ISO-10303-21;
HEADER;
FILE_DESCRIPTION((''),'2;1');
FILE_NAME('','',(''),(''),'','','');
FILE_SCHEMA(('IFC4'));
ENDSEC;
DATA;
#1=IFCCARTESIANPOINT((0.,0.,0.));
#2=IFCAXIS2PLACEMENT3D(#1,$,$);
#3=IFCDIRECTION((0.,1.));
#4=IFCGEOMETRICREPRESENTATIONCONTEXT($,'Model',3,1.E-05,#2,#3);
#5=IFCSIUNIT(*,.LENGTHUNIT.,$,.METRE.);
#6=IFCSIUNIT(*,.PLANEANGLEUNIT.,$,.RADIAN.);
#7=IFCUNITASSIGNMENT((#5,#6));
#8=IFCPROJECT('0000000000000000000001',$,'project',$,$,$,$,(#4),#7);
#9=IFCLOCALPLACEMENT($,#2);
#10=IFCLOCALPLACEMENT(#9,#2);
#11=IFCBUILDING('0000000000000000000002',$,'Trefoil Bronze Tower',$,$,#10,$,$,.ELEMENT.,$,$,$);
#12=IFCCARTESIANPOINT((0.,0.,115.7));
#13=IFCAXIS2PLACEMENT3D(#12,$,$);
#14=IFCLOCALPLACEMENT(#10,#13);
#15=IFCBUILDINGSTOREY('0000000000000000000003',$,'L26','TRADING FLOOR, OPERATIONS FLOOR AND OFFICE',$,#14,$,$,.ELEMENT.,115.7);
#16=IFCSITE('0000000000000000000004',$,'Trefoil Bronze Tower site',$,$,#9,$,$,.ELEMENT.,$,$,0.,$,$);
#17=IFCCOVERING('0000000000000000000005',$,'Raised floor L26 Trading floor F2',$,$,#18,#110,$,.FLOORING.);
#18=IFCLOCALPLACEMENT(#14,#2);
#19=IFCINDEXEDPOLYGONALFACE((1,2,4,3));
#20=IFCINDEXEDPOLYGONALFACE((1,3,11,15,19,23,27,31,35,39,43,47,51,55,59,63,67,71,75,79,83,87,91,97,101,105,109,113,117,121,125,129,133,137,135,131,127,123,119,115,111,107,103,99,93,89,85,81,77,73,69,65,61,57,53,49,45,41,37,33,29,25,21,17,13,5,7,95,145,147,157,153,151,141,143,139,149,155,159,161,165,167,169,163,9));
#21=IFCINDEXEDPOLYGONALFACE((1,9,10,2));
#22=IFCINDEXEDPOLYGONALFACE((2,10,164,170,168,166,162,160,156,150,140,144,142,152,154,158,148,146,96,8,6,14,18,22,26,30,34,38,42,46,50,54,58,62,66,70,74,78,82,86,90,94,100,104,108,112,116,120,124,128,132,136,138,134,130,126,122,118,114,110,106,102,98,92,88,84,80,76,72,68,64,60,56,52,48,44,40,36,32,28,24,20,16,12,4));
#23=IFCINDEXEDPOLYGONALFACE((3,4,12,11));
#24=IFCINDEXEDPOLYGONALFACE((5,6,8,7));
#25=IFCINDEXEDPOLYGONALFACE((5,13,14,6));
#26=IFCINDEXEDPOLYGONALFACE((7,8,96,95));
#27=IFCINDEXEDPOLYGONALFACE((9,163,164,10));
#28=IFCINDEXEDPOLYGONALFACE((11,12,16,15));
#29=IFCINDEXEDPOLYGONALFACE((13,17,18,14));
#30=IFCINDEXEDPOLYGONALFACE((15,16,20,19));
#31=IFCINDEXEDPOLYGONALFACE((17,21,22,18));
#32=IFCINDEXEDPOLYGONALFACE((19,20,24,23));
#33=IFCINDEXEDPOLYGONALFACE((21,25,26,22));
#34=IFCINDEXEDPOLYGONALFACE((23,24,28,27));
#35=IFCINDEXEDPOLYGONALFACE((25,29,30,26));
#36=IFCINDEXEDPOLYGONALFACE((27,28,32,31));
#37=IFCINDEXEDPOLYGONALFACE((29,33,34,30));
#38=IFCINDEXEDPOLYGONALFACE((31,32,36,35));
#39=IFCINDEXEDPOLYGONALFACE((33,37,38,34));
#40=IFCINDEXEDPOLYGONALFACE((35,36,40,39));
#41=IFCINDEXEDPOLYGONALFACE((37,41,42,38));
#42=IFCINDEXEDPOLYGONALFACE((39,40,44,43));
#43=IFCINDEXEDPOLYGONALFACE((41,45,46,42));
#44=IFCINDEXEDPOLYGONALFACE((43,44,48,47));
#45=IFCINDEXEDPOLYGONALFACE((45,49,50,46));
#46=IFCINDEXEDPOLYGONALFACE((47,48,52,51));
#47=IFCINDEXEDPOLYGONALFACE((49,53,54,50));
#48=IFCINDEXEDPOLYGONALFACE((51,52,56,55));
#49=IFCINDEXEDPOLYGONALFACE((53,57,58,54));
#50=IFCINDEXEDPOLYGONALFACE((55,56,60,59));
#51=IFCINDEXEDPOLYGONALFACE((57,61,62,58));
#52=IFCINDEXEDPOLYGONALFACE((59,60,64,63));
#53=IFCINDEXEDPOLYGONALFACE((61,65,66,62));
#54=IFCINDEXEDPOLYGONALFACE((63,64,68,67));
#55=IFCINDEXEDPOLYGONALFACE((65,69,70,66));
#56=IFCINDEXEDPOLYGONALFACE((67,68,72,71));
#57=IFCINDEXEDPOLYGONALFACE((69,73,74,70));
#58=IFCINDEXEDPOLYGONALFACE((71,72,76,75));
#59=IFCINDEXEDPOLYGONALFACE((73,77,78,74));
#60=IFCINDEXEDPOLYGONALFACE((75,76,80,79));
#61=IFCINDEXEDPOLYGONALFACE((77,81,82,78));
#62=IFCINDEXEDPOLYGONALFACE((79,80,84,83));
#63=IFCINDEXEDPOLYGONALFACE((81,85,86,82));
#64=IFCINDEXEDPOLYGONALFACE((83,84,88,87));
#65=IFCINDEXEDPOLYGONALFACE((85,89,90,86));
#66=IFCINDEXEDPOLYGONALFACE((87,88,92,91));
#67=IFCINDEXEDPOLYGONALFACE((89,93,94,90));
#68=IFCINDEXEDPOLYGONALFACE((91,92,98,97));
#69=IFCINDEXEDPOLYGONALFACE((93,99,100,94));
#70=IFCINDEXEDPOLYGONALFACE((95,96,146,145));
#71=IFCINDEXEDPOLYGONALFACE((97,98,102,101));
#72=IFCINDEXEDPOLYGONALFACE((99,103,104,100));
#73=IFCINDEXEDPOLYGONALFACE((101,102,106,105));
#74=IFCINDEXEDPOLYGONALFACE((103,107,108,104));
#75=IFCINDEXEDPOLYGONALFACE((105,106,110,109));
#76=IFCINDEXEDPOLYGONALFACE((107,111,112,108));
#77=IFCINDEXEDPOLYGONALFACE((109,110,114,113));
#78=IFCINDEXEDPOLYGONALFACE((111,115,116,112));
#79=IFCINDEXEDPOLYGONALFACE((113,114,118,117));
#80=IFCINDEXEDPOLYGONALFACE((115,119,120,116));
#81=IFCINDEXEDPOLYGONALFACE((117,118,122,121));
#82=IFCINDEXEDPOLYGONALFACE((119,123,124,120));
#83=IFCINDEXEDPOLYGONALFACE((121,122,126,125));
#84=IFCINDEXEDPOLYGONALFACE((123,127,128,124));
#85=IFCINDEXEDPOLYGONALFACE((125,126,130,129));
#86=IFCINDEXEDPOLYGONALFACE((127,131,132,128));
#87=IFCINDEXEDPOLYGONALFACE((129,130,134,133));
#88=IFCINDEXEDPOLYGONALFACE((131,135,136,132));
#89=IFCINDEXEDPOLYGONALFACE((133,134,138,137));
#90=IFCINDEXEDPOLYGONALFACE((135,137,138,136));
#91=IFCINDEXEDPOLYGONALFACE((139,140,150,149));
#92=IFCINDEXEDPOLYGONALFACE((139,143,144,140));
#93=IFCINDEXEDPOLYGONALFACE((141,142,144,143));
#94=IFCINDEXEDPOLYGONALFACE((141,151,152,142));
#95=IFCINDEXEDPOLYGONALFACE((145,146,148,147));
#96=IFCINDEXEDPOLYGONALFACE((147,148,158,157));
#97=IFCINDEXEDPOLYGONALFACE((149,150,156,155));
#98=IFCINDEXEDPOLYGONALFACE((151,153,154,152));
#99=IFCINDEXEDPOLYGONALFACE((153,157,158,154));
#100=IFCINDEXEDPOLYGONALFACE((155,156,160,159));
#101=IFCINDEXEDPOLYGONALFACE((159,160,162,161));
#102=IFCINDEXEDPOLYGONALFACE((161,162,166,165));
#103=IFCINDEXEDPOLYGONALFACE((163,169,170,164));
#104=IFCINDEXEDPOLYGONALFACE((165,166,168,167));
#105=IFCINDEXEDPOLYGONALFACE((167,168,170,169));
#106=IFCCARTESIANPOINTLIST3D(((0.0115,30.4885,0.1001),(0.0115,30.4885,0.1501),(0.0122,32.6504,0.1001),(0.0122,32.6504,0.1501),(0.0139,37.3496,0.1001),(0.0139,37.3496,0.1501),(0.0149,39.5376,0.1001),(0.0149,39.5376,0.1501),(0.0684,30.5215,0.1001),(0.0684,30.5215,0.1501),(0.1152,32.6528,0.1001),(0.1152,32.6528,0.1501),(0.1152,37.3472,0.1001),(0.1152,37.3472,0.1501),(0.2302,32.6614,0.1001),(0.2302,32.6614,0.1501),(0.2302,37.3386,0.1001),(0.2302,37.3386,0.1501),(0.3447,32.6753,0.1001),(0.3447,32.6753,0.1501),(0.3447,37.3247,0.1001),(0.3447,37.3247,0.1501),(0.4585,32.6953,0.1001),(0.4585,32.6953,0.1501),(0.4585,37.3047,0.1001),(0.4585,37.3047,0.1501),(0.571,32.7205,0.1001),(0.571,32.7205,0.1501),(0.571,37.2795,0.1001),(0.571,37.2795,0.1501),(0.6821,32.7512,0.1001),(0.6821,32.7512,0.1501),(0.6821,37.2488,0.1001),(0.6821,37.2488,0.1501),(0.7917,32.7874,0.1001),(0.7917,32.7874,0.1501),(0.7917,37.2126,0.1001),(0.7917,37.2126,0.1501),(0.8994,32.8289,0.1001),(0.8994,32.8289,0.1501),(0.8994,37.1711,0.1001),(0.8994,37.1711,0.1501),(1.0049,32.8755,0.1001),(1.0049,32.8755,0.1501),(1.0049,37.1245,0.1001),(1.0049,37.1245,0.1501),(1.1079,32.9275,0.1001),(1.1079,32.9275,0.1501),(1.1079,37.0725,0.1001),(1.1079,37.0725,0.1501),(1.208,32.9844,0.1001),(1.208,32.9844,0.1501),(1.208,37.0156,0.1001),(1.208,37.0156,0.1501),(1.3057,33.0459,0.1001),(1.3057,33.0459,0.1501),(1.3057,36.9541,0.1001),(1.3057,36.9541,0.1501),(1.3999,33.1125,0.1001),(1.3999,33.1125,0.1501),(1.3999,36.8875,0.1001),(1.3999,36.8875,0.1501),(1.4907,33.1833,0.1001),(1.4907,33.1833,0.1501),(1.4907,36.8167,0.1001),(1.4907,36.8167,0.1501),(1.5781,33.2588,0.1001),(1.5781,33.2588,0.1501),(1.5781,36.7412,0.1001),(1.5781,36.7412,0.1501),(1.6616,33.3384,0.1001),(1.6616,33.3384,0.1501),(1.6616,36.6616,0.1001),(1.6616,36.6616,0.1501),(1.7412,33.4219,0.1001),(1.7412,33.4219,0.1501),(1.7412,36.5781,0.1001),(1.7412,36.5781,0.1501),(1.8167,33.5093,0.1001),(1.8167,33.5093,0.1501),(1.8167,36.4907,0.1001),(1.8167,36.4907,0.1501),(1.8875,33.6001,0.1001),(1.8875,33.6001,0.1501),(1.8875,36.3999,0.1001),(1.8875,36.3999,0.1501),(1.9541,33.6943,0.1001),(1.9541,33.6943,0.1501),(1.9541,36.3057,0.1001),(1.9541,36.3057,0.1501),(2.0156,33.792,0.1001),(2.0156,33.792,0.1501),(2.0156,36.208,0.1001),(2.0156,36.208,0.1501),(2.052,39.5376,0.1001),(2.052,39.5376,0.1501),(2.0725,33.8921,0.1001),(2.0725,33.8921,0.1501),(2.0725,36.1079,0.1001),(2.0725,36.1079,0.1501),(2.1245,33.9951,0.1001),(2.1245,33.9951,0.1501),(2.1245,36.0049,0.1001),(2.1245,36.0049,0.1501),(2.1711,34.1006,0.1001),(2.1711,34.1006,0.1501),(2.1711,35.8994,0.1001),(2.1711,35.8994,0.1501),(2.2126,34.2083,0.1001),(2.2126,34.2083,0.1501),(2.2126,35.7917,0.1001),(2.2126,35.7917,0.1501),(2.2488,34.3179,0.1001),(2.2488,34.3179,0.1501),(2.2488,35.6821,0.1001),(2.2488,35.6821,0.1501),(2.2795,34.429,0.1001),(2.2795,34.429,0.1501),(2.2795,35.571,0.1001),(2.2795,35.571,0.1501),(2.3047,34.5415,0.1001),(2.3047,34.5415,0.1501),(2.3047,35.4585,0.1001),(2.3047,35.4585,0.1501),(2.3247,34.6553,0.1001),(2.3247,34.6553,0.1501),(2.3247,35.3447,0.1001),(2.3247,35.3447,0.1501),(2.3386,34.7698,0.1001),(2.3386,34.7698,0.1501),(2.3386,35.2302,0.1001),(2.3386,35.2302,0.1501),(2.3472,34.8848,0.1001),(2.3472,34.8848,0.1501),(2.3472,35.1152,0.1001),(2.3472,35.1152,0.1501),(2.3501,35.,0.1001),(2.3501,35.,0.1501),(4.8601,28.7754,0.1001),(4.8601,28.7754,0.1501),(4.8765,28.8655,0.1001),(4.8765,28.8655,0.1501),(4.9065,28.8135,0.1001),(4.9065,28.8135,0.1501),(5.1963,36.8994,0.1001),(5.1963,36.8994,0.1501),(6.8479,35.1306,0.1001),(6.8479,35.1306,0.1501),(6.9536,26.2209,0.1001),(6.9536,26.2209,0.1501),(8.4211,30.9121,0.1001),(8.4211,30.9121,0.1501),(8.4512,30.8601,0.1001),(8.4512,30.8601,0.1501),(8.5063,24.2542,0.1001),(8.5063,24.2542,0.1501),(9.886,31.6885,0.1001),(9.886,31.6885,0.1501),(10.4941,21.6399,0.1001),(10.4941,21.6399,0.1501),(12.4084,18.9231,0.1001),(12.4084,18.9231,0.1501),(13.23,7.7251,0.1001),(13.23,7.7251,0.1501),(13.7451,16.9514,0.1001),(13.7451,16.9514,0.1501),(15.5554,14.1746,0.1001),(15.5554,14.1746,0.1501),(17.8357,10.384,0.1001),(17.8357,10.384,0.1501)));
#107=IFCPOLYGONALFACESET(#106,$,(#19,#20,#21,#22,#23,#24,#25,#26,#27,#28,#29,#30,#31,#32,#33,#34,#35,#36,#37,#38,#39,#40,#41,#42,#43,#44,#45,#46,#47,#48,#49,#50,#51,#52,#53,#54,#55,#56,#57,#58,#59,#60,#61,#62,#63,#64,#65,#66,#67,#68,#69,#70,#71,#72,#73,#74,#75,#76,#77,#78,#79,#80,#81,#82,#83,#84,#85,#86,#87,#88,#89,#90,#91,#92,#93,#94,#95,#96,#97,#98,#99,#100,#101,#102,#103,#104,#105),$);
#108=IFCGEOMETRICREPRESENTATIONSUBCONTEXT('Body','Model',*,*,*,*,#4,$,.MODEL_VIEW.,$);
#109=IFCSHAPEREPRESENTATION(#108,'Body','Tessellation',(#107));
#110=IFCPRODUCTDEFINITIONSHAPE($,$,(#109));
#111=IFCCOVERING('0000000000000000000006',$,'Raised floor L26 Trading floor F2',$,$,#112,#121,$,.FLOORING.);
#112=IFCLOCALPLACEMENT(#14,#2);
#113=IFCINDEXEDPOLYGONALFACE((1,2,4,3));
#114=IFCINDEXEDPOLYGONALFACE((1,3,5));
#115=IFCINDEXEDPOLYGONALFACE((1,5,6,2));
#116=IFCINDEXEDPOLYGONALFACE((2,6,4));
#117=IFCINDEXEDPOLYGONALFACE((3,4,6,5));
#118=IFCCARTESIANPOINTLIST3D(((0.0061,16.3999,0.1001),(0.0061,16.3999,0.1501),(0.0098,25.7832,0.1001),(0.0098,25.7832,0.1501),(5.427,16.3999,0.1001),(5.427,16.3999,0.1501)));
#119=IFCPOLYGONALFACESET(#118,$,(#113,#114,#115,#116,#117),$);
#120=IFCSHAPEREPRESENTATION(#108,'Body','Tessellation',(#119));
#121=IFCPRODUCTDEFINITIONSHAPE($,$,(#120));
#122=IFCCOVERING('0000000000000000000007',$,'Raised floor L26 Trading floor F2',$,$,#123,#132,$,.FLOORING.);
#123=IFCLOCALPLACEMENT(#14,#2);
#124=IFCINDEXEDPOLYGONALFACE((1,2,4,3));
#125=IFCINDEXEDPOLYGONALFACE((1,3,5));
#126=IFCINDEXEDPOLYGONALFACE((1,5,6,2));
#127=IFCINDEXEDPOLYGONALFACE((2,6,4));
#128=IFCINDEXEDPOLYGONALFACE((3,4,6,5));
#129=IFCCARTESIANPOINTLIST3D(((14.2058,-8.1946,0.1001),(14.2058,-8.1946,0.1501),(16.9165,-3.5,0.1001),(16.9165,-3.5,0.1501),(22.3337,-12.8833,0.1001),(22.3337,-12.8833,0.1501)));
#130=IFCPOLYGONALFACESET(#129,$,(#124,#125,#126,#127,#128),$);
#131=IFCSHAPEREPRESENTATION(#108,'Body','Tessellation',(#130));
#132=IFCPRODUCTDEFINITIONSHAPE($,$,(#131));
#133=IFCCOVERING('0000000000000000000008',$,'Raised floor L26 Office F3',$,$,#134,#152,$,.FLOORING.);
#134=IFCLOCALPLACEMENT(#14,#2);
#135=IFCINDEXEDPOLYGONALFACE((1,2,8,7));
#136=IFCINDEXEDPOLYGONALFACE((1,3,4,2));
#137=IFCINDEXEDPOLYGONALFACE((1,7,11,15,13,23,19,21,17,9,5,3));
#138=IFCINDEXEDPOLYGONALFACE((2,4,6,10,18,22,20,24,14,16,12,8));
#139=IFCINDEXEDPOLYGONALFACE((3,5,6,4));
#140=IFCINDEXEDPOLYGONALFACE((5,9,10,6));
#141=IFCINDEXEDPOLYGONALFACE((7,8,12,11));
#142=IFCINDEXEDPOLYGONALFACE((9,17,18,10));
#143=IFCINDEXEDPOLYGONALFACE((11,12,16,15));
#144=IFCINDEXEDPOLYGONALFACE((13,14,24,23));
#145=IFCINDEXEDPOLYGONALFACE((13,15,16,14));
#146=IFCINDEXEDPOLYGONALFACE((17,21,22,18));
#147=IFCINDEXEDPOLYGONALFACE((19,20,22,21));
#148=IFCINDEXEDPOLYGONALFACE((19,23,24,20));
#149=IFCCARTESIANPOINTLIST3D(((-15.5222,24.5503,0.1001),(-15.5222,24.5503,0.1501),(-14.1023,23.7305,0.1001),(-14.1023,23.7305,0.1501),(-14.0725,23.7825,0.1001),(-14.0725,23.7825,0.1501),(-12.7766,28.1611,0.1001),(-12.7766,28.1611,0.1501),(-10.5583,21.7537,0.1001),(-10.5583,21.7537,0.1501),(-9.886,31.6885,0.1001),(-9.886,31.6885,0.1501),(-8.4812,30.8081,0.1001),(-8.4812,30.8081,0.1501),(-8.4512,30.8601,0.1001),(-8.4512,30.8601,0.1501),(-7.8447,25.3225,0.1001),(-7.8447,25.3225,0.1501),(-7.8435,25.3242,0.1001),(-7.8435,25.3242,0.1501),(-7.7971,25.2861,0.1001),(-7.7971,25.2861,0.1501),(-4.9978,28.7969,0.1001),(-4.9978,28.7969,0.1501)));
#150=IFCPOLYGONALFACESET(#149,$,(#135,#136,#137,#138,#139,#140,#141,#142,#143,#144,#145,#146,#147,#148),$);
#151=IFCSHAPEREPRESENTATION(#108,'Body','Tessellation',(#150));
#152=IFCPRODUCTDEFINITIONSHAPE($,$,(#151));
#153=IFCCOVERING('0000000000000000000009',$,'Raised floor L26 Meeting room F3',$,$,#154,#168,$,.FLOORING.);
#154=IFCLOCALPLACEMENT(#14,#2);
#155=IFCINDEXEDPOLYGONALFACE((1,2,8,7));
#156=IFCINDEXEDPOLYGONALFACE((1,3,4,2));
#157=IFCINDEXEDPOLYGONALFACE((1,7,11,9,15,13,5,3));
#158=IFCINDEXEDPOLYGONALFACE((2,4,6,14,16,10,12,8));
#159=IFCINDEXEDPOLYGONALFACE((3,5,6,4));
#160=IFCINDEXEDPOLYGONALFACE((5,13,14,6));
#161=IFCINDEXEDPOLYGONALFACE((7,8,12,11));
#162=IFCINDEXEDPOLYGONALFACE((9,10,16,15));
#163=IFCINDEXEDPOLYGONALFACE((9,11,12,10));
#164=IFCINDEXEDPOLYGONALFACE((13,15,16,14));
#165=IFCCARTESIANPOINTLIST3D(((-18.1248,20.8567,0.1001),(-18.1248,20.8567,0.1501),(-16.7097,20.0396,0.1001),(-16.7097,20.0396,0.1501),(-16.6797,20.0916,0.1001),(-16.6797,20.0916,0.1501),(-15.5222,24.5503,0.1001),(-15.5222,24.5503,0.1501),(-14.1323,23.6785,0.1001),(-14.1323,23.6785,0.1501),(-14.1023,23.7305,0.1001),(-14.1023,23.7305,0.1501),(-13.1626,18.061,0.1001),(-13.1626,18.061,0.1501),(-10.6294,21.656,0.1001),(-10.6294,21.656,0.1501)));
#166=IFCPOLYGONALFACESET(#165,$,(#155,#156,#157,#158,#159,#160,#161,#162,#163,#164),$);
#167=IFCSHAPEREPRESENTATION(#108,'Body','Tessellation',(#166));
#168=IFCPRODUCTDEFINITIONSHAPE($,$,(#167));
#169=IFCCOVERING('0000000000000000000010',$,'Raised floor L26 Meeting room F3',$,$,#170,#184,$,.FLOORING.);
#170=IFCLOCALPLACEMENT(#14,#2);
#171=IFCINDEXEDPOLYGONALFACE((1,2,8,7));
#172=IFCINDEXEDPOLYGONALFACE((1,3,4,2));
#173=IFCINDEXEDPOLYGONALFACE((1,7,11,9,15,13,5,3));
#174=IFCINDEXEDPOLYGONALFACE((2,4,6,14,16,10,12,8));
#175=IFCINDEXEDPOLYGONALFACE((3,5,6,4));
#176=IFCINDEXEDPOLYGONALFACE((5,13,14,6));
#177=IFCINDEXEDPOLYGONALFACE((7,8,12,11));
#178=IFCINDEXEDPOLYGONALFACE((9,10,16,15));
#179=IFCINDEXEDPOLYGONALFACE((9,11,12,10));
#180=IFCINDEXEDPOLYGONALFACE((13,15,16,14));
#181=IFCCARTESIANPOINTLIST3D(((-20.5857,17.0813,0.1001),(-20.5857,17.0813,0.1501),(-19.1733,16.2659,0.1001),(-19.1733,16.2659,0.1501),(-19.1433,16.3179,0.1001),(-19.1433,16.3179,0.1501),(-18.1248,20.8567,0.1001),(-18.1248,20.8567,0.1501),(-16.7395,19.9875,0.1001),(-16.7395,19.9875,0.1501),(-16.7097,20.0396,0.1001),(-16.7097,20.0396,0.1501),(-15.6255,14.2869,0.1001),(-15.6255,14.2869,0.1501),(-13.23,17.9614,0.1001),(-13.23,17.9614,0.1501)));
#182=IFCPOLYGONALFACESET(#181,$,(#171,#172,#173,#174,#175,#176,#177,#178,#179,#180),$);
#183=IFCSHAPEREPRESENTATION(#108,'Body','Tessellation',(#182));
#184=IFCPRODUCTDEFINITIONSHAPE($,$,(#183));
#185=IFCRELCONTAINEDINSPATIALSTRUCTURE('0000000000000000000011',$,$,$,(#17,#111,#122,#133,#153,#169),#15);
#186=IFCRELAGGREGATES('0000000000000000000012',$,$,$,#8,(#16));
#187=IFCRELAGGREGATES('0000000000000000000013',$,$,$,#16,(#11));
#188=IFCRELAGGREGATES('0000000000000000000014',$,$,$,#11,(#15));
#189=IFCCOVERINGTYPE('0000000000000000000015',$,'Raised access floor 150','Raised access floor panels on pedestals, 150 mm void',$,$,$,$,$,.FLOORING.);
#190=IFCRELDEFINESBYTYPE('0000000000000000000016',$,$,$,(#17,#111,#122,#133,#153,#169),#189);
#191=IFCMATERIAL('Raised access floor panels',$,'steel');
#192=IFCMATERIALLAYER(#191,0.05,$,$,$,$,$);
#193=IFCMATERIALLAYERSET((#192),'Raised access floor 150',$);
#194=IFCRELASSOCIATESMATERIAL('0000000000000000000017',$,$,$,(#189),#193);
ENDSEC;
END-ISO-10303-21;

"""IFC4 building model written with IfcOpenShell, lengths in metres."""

from ifc_helpers import new_model, si_unit, direction, frame, origin, place, context, subcontext, project, spatial, polyline, outline, extrude, material, layer, layer_set, type_object, element, save


model = new_model("IFC4")

# Units and contexts
model_context = context("Model", 3, precision=1e-05, world=origin(), true_north=direction((0.0, 1.0)))
body_context = subcontext(model_context, "Body", "Model", "MODEL_VIEW")
ifc_project = project(units=[si_unit("LENGTHUNIT", "METRE"), si_unit("PLANEANGLEUNIT", "RADIAN")], contexts=[model_context])

# Site, building, storey
site_placement = place(None, origin())
site = spatial("IfcSite", under=ifc_project, at=site_placement, Name="Trefoil Bronze Tower site", CompositionType="ELEMENT", RefElevation=0.0)
building_placement = place(site_placement, origin())
building = spatial("IfcBuilding", under=site, at=building_placement, Name="Trefoil Bronze Tower", CompositionType="ELEMENT")
storey_placement = place(building_placement, frame((0.0, 0.0, 115.7)))
storey = spatial("IfcBuildingStorey", under=building, at=storey_placement, Name="L26", Description="TRADING FLOOR, OPERATIONS FLOOR AND OFFICE", CompositionType="ELEMENT", Elevation=115.7)

# Coverings
ifc_material_1 = material(Name="Raised access floor panels", Category="steel")
ifc_layer_1 = layer(ifc_material_1, 0.05)
ifc_layer_set_1 = layer_set([ifc_layer_1], Name="Raised access floor 150")
covering_type_1 = type_object("IfcCoveringType", Name="Raised access floor 150", Description="Raised access floor panels on pedestals, 150 mm void", PredefinedType="FLOORING", material=ifc_layer_set_1)
covering_1_placement = place(storey_placement, frame((0.0, 0.0, 0.1001)))
element("IfcCovering", 1, at=covering_1_placement, inside=storey, type_object=covering_type_1, Name="Raised floor L26 Trading floor F2", PredefinedType="FLOORING", context=body_context, shape_type="SweptSolid", body=[
    extrude(outline(polyline([(2.052, 39.5376), (5.1963, 36.8994), (6.8479, 35.1306), (9.886, 31.6885), (8.4512, 30.8601), (8.4211, 30.9121), (4.8765, 28.8655), (4.9065, 28.8135), (4.8601, 28.7754), (6.9536, 26.2209), (8.5063, 24.2542), (10.4941, 21.6399), (12.4084, 18.9231), (13.7451, 16.9514), (15.5554, 14.1746), (17.8357, 10.384), (13.23, 7.7251), (0.0684, 30.5215), (0.0115, 30.4885), (0.0122, 32.6504), (0.1152, 32.6528), (0.2302, 32.6614), (0.3447, 32.6753), (0.4585, 32.6953), (0.571, 32.7205), (0.6821, 32.7512), (0.7917, 32.7874), (0.8994, 32.8289), (1.0049, 32.8755), (1.1079, 32.9275), (1.208, 32.9844), (1.3057, 33.0459), (1.3999, 33.1125), (1.4907, 33.1833), (1.5781, 33.2588), (1.6616, 33.3384), (1.7412, 33.4219), (1.8167, 33.5093), (1.8875, 33.6001), (1.9541, 33.6943), (2.0156, 33.792), (2.0725, 33.8921), (2.1245, 33.9951), (2.1711, 34.1006), (2.2126, 34.2083), (2.2488, 34.3179), (2.2795, 34.429), (2.3047, 34.5415), (2.3247, 34.6553), (2.3386, 34.7698), (2.3472, 34.8848), (2.3501, 35.0), (2.3472, 35.1152), (2.3386, 35.2302), (2.3247, 35.3447), (2.3047, 35.4585), (2.2795, 35.571), (2.2488, 35.6821), (2.2126, 35.7917), (2.1711, 35.8994), (2.1245, 36.0049), (2.0725, 36.1079), (2.0156, 36.208), (1.9541, 36.3057), (1.8875, 36.3999), (1.8167, 36.4907), (1.7412, 36.5781), (1.6616, 36.6616), (1.5781, 36.7412), (1.4907, 36.8167), (1.3999, 36.8875), (1.3057, 36.9541), (1.208, 37.0156), (1.1079, 37.0725), (1.0049, 37.1245), (0.8994, 37.1711), (0.7917, 37.2126), (0.6821, 37.2488), (0.571, 37.2795), (0.4585, 37.3047), (0.3447, 37.3247), (0.2302, 37.3386), (0.1152, 37.3472), (0.0139, 37.3496), (0.0149, 39.5376), (2.052, 39.5376)])), origin(), (0.0, 0.0, 1.0), 0.05),
])
covering_2_placement = place(storey_placement, frame((0.0, 0.0, 0.1001)))
element("IfcCovering", 2, at=covering_2_placement, inside=storey, type_object=covering_type_1, Name="Raised floor L26 Trading floor F2", PredefinedType="FLOORING", context=body_context, shape_type="SweptSolid", body=[
    extrude(outline(polyline([(0.0061, 16.3999), (0.0098, 25.7832), (5.427, 16.3999), (0.0061, 16.3999)])), origin(), (0.0, 0.0, 1.0), 0.05),
])
covering_3_placement = place(storey_placement, frame((0.0, 0.0, 0.1001)))
element("IfcCovering", 3, at=covering_3_placement, inside=storey, type_object=covering_type_1, Name="Raised floor L26 Trading floor F2", PredefinedType="FLOORING", context=body_context, shape_type="SweptSolid", body=[
    extrude(outline(polyline([(14.2058, -8.1946), (16.9165, -3.5), (22.3337, -12.8833), (14.2058, -8.1946)])), origin(), (0.0, 0.0, 1.0), 0.05),
])
covering_4_placement = place(storey_placement, frame((0.0, 0.0, 0.1001)))
element("IfcCovering", 4, at=covering_4_placement, inside=storey, type_object=covering_type_1, Name="Raised floor L26 Office F3", PredefinedType="FLOORING", context=body_context, shape_type="SweptSolid", body=[
    extrude(outline(polyline([(-12.7766, 28.1611), (-9.886, 31.6885), (-8.4512, 30.8601), (-8.4812, 30.8081), (-4.9978, 28.7969), (-7.8435, 25.3242), (-7.7971, 25.2861), (-7.8447, 25.3225), (-10.5583, 21.7537), (-14.0725, 23.7825), (-14.1023, 23.7305), (-15.5222, 24.5503), (-12.7766, 28.1611)])), origin(), (0.0, 0.0, 1.0), 0.05),
])
covering_5_placement = place(storey_placement, frame((0.0, 0.0, 0.1001)))
element("IfcCovering", 5, at=covering_5_placement, inside=storey, type_object=covering_type_1, Name="Raised floor L26 Meeting room F3", PredefinedType="FLOORING", context=body_context, shape_type="SweptSolid", body=[
    extrude(outline(polyline([(-15.5222, 24.5503), (-14.1023, 23.7305), (-14.1323, 23.6785), (-10.6294, 21.656), (-13.1626, 18.061), (-16.6797, 20.0916), (-16.7097, 20.0396), (-18.1248, 20.8567), (-15.5222, 24.5503)])), origin(), (0.0, 0.0, 1.0), 0.05),
])
covering_6_placement = place(storey_placement, frame((0.0, 0.0, 0.1001)))
element("IfcCovering", 6, at=covering_6_placement, inside=storey, type_object=covering_type_1, Name="Raised floor L26 Meeting room F3", PredefinedType="FLOORING", context=body_context, shape_type="SweptSolid", body=[
    extrude(outline(polyline([(-18.1248, 20.8567), (-16.7097, 20.0396), (-16.7395, 19.9875), (-13.23, 17.9614), (-15.6255, 14.2869), (-19.1433, 16.3179), (-19.1733, 16.2659), (-20.5857, 17.0813), (-18.1248, 20.8567)])), origin(), (0.0, 0.0, 1.0), 0.05),
])

save(model, "model.ifc")
